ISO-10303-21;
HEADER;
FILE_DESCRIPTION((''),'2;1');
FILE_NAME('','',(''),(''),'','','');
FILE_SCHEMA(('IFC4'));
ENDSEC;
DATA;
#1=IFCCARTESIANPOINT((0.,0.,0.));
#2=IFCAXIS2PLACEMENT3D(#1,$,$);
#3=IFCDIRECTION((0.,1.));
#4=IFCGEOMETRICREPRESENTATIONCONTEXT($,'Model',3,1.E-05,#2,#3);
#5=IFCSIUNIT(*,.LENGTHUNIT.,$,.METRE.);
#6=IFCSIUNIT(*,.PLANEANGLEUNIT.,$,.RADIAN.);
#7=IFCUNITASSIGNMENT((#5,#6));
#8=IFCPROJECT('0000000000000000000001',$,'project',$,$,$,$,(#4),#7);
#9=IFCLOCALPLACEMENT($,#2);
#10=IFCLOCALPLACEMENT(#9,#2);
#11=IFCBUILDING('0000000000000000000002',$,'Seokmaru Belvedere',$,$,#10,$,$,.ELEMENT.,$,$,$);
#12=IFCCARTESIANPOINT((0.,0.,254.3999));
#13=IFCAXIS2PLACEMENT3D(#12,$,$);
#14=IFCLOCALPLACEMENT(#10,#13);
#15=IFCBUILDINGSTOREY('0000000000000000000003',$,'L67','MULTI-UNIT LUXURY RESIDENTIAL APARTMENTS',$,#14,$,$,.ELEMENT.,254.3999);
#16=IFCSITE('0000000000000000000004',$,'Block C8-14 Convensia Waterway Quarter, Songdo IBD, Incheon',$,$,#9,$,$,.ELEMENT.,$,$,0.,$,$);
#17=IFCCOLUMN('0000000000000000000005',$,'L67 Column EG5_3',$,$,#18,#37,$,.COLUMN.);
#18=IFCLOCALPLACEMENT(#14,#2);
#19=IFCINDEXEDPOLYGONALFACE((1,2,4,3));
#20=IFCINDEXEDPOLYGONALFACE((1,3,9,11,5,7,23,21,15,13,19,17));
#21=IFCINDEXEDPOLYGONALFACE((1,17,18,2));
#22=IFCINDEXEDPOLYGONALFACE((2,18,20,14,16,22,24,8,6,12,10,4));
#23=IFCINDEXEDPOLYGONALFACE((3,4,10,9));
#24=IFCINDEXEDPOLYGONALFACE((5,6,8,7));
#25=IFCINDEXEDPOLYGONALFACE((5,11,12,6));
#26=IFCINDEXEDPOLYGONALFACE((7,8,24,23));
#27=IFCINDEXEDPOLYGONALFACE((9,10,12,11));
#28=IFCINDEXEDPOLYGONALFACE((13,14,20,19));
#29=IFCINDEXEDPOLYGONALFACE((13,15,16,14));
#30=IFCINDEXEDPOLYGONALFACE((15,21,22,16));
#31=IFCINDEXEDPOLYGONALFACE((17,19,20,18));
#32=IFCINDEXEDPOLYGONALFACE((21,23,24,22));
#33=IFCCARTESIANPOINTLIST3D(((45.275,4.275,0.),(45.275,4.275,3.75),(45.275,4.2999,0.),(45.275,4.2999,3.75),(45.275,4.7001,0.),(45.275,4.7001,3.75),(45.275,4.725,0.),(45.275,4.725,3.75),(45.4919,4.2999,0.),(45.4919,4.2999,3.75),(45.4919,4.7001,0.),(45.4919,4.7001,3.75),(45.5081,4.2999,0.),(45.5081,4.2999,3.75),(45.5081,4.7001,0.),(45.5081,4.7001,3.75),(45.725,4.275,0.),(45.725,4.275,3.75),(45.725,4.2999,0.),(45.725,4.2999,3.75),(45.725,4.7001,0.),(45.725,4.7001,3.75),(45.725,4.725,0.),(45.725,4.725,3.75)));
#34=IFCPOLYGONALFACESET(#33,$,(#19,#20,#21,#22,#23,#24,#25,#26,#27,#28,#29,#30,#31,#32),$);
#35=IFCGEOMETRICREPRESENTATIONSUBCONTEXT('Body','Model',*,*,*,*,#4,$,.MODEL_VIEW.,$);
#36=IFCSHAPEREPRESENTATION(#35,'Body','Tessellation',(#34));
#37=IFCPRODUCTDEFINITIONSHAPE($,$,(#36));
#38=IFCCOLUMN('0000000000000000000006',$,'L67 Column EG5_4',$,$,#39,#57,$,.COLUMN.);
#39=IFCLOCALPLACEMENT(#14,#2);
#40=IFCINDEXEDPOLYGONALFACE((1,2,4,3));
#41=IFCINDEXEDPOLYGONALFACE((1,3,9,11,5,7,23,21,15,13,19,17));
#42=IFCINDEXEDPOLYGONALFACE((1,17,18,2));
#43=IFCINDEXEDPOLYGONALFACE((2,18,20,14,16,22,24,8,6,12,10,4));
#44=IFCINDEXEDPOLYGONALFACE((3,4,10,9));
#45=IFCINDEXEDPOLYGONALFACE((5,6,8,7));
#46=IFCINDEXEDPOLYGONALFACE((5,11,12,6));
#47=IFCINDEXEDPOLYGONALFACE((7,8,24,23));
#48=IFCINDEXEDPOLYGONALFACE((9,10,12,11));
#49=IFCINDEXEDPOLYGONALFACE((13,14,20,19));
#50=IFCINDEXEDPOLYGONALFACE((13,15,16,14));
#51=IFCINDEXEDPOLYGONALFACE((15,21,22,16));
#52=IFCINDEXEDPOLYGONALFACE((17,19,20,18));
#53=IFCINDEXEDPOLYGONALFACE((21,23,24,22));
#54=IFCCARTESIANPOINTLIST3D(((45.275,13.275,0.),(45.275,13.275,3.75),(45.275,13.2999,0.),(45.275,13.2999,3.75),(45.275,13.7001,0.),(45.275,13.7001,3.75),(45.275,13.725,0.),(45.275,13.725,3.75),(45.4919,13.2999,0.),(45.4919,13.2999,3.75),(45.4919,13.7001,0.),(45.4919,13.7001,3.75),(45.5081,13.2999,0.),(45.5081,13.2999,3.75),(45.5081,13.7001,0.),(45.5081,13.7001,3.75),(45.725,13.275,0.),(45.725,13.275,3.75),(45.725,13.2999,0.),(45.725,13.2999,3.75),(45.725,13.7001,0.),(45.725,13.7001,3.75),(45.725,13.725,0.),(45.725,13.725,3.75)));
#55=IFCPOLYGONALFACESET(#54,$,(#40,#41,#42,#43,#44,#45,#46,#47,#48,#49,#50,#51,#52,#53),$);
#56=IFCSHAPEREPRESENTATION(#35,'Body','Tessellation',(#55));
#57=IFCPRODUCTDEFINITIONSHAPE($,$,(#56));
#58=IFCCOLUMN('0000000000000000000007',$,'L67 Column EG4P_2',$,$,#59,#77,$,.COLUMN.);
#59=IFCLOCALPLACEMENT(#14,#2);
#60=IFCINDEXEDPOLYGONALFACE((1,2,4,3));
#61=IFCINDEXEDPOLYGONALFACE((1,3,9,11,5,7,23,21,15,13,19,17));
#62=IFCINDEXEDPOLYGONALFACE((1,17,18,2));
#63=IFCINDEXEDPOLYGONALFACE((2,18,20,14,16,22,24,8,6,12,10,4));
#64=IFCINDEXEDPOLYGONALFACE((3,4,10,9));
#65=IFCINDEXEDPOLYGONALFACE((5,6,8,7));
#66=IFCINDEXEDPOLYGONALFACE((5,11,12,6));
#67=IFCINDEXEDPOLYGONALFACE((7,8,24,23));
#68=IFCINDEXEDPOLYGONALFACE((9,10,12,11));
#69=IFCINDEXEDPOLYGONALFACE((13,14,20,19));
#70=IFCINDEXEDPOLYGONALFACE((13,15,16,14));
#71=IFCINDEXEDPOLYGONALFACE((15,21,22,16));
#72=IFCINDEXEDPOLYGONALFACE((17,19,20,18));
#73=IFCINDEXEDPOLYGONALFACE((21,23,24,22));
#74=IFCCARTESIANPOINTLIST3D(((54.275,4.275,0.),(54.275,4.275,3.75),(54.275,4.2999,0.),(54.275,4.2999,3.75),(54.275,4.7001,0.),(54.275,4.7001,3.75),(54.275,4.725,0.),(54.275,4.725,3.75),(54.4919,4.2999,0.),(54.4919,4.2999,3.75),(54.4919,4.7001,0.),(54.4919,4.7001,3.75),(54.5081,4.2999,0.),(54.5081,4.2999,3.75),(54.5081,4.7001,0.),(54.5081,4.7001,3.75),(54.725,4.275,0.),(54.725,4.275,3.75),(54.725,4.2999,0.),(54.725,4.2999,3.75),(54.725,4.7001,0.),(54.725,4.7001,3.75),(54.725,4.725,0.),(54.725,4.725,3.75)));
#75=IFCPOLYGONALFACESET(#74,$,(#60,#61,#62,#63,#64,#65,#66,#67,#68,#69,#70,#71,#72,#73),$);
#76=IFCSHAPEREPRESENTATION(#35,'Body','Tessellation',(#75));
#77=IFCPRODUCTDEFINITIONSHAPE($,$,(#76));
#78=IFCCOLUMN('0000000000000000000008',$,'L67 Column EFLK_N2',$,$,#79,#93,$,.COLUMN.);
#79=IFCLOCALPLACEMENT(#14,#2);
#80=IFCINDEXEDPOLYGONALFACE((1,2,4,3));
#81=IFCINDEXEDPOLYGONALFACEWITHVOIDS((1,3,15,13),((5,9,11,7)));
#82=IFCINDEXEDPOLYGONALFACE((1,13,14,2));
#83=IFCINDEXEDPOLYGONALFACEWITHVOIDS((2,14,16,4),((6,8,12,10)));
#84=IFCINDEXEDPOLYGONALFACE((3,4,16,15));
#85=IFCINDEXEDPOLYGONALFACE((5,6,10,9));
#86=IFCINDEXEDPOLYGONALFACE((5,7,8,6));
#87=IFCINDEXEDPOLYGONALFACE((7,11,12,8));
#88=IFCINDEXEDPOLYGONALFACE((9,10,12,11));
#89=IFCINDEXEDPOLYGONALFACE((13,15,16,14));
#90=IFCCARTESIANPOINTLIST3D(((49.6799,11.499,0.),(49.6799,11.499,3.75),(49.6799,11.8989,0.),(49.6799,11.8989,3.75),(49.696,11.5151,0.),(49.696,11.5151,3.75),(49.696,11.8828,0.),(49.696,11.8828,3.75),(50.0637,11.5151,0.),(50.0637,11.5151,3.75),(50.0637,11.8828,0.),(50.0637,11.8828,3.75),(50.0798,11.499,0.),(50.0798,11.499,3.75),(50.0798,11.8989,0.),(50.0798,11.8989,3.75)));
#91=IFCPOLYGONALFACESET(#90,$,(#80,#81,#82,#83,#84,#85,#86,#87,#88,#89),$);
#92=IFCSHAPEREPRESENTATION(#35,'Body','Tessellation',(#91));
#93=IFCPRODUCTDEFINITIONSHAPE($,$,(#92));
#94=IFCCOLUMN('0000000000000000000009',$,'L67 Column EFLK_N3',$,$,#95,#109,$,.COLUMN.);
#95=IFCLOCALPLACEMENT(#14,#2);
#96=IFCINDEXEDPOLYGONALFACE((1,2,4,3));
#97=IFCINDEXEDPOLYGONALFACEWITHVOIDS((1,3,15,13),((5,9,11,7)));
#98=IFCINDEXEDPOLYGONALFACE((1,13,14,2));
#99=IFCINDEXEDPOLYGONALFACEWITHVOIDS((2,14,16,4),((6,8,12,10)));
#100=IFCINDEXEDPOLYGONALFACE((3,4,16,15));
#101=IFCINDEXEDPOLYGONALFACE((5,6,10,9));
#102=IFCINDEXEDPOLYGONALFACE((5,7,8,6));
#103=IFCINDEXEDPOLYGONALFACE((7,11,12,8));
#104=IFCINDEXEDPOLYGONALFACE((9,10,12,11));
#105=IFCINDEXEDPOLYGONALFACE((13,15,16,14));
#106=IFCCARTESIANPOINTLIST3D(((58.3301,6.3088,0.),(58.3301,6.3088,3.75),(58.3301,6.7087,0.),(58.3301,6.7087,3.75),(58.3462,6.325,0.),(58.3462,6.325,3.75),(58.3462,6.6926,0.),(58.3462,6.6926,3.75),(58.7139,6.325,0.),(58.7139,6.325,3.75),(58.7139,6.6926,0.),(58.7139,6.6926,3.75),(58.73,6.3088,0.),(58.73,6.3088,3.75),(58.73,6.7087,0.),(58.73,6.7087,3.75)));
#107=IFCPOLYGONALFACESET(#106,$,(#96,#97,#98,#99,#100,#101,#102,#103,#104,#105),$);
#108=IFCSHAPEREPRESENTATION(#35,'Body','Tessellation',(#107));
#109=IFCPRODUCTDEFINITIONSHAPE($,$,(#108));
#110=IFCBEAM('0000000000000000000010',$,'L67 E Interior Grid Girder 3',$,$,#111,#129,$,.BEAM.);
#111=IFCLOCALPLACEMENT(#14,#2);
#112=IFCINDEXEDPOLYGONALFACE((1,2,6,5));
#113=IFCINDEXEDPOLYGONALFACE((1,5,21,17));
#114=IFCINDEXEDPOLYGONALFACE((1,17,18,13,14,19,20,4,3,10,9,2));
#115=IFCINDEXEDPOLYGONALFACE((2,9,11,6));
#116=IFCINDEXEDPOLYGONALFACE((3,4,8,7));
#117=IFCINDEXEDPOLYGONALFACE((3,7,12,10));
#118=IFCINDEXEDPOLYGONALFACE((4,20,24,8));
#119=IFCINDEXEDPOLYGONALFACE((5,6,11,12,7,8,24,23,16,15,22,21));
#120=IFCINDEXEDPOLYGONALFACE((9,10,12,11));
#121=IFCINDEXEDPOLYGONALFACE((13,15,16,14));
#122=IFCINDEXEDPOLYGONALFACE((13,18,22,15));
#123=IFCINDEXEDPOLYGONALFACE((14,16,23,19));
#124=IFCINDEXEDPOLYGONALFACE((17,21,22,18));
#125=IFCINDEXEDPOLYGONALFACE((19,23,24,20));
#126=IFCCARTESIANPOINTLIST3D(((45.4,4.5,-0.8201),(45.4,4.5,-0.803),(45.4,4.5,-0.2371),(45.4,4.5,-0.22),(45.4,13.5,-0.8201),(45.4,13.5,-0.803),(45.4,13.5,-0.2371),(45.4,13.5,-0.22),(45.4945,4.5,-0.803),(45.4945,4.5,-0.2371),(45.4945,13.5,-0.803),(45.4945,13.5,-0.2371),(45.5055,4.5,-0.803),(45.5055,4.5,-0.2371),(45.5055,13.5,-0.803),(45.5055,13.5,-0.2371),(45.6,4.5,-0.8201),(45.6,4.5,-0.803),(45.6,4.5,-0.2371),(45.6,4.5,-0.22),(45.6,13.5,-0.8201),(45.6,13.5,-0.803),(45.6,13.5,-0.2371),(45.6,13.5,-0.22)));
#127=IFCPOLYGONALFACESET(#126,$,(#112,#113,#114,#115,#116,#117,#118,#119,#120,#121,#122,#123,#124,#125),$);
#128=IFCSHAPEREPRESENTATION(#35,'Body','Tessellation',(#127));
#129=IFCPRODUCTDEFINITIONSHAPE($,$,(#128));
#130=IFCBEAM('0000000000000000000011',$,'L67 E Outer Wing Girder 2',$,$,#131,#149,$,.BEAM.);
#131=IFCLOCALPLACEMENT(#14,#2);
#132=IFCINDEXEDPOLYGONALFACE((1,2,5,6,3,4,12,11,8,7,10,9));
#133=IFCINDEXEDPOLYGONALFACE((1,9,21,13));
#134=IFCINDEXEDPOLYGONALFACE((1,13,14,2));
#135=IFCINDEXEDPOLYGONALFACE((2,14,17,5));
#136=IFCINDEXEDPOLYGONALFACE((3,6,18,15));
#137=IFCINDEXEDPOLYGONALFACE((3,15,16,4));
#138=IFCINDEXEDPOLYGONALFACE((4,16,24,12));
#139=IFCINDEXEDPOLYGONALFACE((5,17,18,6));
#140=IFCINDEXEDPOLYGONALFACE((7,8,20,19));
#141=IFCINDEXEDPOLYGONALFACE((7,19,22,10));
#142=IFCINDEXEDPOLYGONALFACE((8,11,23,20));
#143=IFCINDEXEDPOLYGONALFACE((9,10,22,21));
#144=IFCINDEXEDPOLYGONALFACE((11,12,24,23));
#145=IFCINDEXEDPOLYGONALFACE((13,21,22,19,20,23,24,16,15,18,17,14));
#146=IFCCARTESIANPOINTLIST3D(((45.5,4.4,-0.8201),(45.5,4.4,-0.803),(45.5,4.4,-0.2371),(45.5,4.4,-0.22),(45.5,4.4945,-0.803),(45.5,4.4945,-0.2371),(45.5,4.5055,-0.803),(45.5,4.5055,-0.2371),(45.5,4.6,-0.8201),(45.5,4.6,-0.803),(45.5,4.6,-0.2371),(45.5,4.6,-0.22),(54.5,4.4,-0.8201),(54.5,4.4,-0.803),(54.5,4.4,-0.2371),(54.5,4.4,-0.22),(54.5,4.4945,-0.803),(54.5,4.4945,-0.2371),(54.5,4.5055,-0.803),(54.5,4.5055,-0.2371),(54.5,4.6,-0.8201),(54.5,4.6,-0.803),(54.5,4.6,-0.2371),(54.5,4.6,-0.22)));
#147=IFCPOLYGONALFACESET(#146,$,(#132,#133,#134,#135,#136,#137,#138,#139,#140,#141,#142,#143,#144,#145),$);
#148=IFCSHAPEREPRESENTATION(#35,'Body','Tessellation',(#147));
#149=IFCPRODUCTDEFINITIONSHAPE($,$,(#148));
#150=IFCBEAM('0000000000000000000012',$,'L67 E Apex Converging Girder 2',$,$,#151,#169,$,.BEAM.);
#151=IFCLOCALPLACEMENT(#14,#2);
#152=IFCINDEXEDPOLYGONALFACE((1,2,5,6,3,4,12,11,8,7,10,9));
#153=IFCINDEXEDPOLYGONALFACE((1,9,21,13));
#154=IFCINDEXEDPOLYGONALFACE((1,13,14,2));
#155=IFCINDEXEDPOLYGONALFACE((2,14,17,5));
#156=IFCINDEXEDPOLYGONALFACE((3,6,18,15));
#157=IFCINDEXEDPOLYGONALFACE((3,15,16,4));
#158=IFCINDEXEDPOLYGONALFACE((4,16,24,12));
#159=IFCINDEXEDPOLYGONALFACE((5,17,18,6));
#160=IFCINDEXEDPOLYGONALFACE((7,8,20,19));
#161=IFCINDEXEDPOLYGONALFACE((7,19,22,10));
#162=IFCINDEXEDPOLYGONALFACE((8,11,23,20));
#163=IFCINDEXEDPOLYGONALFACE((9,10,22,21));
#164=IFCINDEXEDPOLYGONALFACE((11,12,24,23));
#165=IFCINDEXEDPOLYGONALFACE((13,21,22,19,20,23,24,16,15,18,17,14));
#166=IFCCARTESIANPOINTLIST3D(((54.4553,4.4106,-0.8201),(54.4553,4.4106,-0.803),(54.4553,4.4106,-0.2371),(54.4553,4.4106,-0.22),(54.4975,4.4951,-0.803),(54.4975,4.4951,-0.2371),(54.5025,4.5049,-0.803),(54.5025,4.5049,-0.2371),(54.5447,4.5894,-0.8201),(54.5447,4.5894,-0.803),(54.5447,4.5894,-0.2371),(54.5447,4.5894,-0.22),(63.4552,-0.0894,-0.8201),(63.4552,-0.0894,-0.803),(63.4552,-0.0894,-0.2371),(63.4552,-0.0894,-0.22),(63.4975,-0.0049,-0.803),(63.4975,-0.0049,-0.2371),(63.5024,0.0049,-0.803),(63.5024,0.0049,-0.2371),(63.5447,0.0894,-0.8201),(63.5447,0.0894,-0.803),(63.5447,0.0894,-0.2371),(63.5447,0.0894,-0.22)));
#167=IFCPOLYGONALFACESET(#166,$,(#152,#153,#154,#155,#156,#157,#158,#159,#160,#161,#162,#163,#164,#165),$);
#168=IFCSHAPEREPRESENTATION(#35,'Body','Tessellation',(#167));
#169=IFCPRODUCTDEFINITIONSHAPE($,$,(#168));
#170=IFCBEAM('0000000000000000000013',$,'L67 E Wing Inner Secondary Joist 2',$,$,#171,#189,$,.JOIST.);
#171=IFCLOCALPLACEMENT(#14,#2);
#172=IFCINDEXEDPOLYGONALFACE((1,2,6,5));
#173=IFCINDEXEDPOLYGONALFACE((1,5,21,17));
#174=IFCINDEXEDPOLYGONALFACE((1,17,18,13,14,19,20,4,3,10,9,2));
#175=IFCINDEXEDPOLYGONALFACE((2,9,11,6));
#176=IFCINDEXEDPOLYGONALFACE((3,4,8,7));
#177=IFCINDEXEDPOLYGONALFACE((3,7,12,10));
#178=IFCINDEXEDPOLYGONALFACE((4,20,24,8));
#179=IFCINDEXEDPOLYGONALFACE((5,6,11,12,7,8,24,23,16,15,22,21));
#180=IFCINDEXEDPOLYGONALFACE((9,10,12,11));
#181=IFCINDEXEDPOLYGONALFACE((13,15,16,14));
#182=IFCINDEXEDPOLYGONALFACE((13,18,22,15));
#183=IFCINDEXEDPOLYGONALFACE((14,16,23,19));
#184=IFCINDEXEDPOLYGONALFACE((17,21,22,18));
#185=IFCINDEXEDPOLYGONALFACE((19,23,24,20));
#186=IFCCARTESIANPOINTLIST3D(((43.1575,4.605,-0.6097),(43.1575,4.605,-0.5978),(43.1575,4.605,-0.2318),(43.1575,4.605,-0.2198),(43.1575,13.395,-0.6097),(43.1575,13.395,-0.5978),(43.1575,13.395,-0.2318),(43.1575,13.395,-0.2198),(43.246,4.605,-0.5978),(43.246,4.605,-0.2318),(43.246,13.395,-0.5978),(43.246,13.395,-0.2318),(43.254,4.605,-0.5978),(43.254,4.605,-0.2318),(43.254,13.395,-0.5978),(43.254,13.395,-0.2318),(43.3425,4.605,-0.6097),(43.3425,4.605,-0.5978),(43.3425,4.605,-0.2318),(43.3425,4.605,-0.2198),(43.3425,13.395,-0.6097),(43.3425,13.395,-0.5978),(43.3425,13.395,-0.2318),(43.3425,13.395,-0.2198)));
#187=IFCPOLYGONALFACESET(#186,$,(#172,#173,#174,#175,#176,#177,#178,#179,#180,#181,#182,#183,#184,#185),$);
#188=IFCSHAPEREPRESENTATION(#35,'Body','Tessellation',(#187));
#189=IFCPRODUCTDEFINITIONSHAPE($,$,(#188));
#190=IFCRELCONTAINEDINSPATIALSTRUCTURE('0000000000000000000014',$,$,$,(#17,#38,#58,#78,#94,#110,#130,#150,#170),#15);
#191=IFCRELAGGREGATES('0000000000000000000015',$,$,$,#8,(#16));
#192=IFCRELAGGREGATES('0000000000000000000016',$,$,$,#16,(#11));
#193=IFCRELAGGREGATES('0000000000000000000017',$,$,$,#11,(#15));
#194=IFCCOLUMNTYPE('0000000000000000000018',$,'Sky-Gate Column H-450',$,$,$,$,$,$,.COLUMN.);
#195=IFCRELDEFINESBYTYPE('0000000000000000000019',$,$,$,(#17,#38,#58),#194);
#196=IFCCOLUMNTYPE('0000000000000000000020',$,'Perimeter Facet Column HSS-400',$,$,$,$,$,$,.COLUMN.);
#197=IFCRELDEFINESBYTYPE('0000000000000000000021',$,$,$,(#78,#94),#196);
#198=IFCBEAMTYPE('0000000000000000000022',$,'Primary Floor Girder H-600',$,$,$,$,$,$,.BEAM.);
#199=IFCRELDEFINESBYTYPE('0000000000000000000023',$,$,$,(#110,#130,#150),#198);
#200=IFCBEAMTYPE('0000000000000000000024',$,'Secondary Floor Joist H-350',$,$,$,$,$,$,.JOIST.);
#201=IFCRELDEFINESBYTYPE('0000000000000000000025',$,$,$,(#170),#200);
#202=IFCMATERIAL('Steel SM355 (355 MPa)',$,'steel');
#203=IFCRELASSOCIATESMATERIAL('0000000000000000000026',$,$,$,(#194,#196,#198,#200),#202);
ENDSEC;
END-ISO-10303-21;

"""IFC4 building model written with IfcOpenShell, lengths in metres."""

from ifc_helpers import new_model, si_unit, direction, frame, origin, origin_2d, place, context, subcontext, project, spatial, hollow_rectangle, i_section, extrude, source, transform, mapped, material, material_profile, profile_set, type_object, type_shapes, element, save


model = new_model("IFC4")

# Units and contexts
model_context = context("Model", 3, precision=1e-05, world=origin(), true_north=direction((0.0, 1.0)))
body_context = subcontext(model_context, "Body", "Model", "MODEL_VIEW")
ifc_project = project(units=[si_unit("LENGTHUNIT", "METRE"), si_unit("PLANEANGLEUNIT", "RADIAN")], contexts=[model_context])

# Site, building, storey
site_placement = place(None, origin())
site = spatial("IfcSite", under=ifc_project, at=site_placement, Name="Block C8-14 Convensia Waterway Quarter, Songdo IBD, Incheon", CompositionType="ELEMENT", RefElevation=0.0)
building_placement = place(site_placement, origin())
building = spatial("IfcBuilding", under=site, at=building_placement, Name="Seokmaru Belvedere", CompositionType="ELEMENT")
storey_placement = place(building_placement, frame((0.0, 0.0, 254.3999)))
storey = spatial("IfcBuildingStorey", under=building, at=storey_placement, Name="L67", Description="MULTI-UNIT LUXURY RESIDENTIAL APARTMENTS", CompositionType="ELEMENT", Elevation=254.3999)

# Columns
ifc_material_1 = material(Name="Steel SM355 (355 MPa)", Category="steel")
ifc_material_profile_1 = material_profile(ifc_material_1, i_section(OverallWidth=0.45, OverallDepth=0.45, WebThickness=0.0161, FlangeThickness=0.0249, at=origin_2d()), Name="H-450x450x16x25")
ifc_profile_set_1 = profile_set([ifc_material_profile_1], Name="Steel SM355 (355 MPa)")
column_type_1 = type_object("IfcColumnType", Name="Sky-Gate Column H-450", PredefinedType="COLUMN", material=ifc_profile_set_1)
shared_shape_1 = source(origin(), body_context, "Body", "SweptSolid", [
    extrude(i_section(OverallWidth=0.45, OverallDepth=0.45, WebThickness=0.0161, FlangeThickness=0.0249, at=origin_2d()), origin(), (0.0, 0.0, 1.0), 3.75),
])
type_shapes(column_type_1, [shared_shape_1])
for number, where, z_axis, x_axis, name in (
    (1, (45.5, 4.5, 0.0), (0.0, 0.0, 1.0), (1.0, 0.0, 0.0), "L67 Column EG5_3"),
    (2, (45.5, 13.5, 0.0), (0.0, 0.0, 1.0), (1.0, 0.0, 0.0), "L67 Column EG5_4"),
    (3, (54.5, 4.5, 0.0), (0.0, 0.0, 1.0), (1.0, 0.0, 0.0), "L67 Column EG4P_2"),
):
    element("IfcColumn", number, at=place(storey_placement, frame(where, z_axis=z_axis, x_axis=x_axis)), inside=storey, type_object=column_type_1, Name=name, PredefinedType="COLUMN", context=body_context, shape_type="MappedRepresentation", body=[
        mapped(shared_shape_1, transform((0.0, 0.0, 0.0), scale=1.0)),
    ])
ifc_material_profile_2 = material_profile(ifc_material_1, hollow_rectangle(XDim=0.3999, YDim=0.3999, WallThickness=0.0161, at=origin_2d()), Name="HSS-400x400x16")
ifc_profile_set_2 = profile_set([ifc_material_profile_2], Name="Steel SM355 (355 MPa)")
column_type_2 = type_object("IfcColumnType", Name="Perimeter Facet Column HSS-400", PredefinedType="COLUMN", material=ifc_profile_set_2)
shared_shape_2 = source(origin(), body_context, "Body", "SweptSolid", [
    extrude(hollow_rectangle(XDim=0.3999, YDim=0.3999, WallThickness=0.0161, at=origin_2d()), origin(), (0.0, 0.0, 1.0), 3.75),
])
type_shapes(column_type_2, [shared_shape_2])
for number, where, z_axis, x_axis, name in (
    (4, (49.8799, 11.699, 0.0), (0.0, 0.0, 1.0), (1.0, 0.0, 0.0), "L67 Column EFLK_N2"),
    (5, (58.53, 6.5088, 0.0), (0.0, 0.0, 1.0), (1.0, 0.0, 0.0), "L67 Column EFLK_N3"),
):
    element("IfcColumn", number, at=place(storey_placement, frame(where, z_axis=z_axis, x_axis=x_axis)), inside=storey, type_object=column_type_2, Name=name, PredefinedType="COLUMN", context=body_context, shape_type="MappedRepresentation", body=[
        mapped(shared_shape_2, transform((0.0, 0.0, 0.0), scale=1.0)),
    ])

# Beams
ifc_material_profile_3 = material_profile(ifc_material_1, i_section(OverallWidth=0.2, OverallDepth=0.6001, WebThickness=0.011, FlangeThickness=0.0171, at=origin_2d()), Name="H-600x200x11x17")
ifc_profile_set_3 = profile_set([ifc_material_profile_3], Name="Steel SM355 (355 MPa)")
beam_type_1 = type_object("IfcBeamType", Name="Primary Floor Girder H-600", PredefinedType="BEAM", material=ifc_profile_set_3)
shared_shape_3 = source(origin(), body_context, "Body", "SweptSolid", [
    extrude(i_section(OverallWidth=0.2, OverallDepth=0.6001, WebThickness=0.011, FlangeThickness=0.0171, at=origin_2d()), origin(), (0.0, 0.0, 1.0), 9.0),
])
for number, where, z_axis, x_axis, name in (
    (6, (45.5, 4.5, -0.52), (0.0, 1.0, 0.0), (-1.0, 0.0, 0.0), "L67 E Interior Grid Girder 3"),
    (7, (45.5, 4.5, -0.52), (1.0, 0.0, 0.0), (0.0, 1.0, 0.0), "L67 E Outer Wing Girder 2"),
):
    element("IfcBeam", number, at=place(storey_placement, frame(where, z_axis=z_axis, x_axis=x_axis)), inside=storey, type_object=beam_type_1, Name=name, PredefinedType="BEAM", context=body_context, shape_type="MappedRepresentation", body=[
        mapped(shared_shape_3, transform((0.0, 0.0, 0.0), scale=1.0)),
    ])
shared_shape_4 = source(origin(), body_context, "Body", "SweptSolid", [
    extrude(i_section(OverallWidth=0.2, OverallDepth=0.6001, WebThickness=0.011, FlangeThickness=0.0171, at=origin_2d()), origin(), (0.0, 0.0, 1.0), 10.0623),
])
beam_1_placement = place(storey_placement, frame((54.5, 4.5, -0.52), z_axis=(0.894427, -0.447214, 0.0), x_axis=(0.447214, 0.894427, 0.0)))
element("IfcBeam", 8, at=beam_1_placement, inside=storey, type_object=beam_type_1, Name="L67 E Apex Converging Girder 2", PredefinedType="BEAM", context=body_context, shape_type="MappedRepresentation", body=[
    mapped(shared_shape_4, transform((0.0, 0.0, 0.0), scale=1.0)),
])
ifc_material_profile_4 = material_profile(ifc_material_1, i_section(OverallWidth=0.1851, OverallDepth=0.3899, WebThickness=0.0081, FlangeThickness=0.012, at=origin_2d()), Name="H-390x185x8x12")
ifc_profile_set_4 = profile_set([ifc_material_profile_4], Name="Steel SM355 (355 MPa)")
beam_type_2 = type_object("IfcBeamType", Name="Secondary Floor Joist H-350", PredefinedType="JOIST", material=ifc_profile_set_4)
shared_shape_5 = source(origin(), body_context, "Body", "SweptSolid", [
    extrude(i_section(OverallWidth=0.1851, OverallDepth=0.3899, WebThickness=0.0081, FlangeThickness=0.012, at=origin_2d()), origin(), (0.0, 0.0, 1.0), 8.79),
])
type_shapes(beam_type_2, [shared_shape_5])
beam_2_placement = place(storey_placement, frame((43.25, 4.605, -0.4148), z_axis=(0.0, 1.0, 0.0), x_axis=(-1.0, 0.0, 0.0)))
element("IfcBeam", 9, at=beam_2_placement, inside=storey, type_object=beam_type_2, Name="L67 E Wing Inner Secondary Joist 2", PredefinedType="JOIST", context=body_context, shape_type="MappedRepresentation", body=[
    mapped(shared_shape_5, transform((0.0, 0.0, 0.0), scale=1.0)),
])

save(model, "model.ifc")
